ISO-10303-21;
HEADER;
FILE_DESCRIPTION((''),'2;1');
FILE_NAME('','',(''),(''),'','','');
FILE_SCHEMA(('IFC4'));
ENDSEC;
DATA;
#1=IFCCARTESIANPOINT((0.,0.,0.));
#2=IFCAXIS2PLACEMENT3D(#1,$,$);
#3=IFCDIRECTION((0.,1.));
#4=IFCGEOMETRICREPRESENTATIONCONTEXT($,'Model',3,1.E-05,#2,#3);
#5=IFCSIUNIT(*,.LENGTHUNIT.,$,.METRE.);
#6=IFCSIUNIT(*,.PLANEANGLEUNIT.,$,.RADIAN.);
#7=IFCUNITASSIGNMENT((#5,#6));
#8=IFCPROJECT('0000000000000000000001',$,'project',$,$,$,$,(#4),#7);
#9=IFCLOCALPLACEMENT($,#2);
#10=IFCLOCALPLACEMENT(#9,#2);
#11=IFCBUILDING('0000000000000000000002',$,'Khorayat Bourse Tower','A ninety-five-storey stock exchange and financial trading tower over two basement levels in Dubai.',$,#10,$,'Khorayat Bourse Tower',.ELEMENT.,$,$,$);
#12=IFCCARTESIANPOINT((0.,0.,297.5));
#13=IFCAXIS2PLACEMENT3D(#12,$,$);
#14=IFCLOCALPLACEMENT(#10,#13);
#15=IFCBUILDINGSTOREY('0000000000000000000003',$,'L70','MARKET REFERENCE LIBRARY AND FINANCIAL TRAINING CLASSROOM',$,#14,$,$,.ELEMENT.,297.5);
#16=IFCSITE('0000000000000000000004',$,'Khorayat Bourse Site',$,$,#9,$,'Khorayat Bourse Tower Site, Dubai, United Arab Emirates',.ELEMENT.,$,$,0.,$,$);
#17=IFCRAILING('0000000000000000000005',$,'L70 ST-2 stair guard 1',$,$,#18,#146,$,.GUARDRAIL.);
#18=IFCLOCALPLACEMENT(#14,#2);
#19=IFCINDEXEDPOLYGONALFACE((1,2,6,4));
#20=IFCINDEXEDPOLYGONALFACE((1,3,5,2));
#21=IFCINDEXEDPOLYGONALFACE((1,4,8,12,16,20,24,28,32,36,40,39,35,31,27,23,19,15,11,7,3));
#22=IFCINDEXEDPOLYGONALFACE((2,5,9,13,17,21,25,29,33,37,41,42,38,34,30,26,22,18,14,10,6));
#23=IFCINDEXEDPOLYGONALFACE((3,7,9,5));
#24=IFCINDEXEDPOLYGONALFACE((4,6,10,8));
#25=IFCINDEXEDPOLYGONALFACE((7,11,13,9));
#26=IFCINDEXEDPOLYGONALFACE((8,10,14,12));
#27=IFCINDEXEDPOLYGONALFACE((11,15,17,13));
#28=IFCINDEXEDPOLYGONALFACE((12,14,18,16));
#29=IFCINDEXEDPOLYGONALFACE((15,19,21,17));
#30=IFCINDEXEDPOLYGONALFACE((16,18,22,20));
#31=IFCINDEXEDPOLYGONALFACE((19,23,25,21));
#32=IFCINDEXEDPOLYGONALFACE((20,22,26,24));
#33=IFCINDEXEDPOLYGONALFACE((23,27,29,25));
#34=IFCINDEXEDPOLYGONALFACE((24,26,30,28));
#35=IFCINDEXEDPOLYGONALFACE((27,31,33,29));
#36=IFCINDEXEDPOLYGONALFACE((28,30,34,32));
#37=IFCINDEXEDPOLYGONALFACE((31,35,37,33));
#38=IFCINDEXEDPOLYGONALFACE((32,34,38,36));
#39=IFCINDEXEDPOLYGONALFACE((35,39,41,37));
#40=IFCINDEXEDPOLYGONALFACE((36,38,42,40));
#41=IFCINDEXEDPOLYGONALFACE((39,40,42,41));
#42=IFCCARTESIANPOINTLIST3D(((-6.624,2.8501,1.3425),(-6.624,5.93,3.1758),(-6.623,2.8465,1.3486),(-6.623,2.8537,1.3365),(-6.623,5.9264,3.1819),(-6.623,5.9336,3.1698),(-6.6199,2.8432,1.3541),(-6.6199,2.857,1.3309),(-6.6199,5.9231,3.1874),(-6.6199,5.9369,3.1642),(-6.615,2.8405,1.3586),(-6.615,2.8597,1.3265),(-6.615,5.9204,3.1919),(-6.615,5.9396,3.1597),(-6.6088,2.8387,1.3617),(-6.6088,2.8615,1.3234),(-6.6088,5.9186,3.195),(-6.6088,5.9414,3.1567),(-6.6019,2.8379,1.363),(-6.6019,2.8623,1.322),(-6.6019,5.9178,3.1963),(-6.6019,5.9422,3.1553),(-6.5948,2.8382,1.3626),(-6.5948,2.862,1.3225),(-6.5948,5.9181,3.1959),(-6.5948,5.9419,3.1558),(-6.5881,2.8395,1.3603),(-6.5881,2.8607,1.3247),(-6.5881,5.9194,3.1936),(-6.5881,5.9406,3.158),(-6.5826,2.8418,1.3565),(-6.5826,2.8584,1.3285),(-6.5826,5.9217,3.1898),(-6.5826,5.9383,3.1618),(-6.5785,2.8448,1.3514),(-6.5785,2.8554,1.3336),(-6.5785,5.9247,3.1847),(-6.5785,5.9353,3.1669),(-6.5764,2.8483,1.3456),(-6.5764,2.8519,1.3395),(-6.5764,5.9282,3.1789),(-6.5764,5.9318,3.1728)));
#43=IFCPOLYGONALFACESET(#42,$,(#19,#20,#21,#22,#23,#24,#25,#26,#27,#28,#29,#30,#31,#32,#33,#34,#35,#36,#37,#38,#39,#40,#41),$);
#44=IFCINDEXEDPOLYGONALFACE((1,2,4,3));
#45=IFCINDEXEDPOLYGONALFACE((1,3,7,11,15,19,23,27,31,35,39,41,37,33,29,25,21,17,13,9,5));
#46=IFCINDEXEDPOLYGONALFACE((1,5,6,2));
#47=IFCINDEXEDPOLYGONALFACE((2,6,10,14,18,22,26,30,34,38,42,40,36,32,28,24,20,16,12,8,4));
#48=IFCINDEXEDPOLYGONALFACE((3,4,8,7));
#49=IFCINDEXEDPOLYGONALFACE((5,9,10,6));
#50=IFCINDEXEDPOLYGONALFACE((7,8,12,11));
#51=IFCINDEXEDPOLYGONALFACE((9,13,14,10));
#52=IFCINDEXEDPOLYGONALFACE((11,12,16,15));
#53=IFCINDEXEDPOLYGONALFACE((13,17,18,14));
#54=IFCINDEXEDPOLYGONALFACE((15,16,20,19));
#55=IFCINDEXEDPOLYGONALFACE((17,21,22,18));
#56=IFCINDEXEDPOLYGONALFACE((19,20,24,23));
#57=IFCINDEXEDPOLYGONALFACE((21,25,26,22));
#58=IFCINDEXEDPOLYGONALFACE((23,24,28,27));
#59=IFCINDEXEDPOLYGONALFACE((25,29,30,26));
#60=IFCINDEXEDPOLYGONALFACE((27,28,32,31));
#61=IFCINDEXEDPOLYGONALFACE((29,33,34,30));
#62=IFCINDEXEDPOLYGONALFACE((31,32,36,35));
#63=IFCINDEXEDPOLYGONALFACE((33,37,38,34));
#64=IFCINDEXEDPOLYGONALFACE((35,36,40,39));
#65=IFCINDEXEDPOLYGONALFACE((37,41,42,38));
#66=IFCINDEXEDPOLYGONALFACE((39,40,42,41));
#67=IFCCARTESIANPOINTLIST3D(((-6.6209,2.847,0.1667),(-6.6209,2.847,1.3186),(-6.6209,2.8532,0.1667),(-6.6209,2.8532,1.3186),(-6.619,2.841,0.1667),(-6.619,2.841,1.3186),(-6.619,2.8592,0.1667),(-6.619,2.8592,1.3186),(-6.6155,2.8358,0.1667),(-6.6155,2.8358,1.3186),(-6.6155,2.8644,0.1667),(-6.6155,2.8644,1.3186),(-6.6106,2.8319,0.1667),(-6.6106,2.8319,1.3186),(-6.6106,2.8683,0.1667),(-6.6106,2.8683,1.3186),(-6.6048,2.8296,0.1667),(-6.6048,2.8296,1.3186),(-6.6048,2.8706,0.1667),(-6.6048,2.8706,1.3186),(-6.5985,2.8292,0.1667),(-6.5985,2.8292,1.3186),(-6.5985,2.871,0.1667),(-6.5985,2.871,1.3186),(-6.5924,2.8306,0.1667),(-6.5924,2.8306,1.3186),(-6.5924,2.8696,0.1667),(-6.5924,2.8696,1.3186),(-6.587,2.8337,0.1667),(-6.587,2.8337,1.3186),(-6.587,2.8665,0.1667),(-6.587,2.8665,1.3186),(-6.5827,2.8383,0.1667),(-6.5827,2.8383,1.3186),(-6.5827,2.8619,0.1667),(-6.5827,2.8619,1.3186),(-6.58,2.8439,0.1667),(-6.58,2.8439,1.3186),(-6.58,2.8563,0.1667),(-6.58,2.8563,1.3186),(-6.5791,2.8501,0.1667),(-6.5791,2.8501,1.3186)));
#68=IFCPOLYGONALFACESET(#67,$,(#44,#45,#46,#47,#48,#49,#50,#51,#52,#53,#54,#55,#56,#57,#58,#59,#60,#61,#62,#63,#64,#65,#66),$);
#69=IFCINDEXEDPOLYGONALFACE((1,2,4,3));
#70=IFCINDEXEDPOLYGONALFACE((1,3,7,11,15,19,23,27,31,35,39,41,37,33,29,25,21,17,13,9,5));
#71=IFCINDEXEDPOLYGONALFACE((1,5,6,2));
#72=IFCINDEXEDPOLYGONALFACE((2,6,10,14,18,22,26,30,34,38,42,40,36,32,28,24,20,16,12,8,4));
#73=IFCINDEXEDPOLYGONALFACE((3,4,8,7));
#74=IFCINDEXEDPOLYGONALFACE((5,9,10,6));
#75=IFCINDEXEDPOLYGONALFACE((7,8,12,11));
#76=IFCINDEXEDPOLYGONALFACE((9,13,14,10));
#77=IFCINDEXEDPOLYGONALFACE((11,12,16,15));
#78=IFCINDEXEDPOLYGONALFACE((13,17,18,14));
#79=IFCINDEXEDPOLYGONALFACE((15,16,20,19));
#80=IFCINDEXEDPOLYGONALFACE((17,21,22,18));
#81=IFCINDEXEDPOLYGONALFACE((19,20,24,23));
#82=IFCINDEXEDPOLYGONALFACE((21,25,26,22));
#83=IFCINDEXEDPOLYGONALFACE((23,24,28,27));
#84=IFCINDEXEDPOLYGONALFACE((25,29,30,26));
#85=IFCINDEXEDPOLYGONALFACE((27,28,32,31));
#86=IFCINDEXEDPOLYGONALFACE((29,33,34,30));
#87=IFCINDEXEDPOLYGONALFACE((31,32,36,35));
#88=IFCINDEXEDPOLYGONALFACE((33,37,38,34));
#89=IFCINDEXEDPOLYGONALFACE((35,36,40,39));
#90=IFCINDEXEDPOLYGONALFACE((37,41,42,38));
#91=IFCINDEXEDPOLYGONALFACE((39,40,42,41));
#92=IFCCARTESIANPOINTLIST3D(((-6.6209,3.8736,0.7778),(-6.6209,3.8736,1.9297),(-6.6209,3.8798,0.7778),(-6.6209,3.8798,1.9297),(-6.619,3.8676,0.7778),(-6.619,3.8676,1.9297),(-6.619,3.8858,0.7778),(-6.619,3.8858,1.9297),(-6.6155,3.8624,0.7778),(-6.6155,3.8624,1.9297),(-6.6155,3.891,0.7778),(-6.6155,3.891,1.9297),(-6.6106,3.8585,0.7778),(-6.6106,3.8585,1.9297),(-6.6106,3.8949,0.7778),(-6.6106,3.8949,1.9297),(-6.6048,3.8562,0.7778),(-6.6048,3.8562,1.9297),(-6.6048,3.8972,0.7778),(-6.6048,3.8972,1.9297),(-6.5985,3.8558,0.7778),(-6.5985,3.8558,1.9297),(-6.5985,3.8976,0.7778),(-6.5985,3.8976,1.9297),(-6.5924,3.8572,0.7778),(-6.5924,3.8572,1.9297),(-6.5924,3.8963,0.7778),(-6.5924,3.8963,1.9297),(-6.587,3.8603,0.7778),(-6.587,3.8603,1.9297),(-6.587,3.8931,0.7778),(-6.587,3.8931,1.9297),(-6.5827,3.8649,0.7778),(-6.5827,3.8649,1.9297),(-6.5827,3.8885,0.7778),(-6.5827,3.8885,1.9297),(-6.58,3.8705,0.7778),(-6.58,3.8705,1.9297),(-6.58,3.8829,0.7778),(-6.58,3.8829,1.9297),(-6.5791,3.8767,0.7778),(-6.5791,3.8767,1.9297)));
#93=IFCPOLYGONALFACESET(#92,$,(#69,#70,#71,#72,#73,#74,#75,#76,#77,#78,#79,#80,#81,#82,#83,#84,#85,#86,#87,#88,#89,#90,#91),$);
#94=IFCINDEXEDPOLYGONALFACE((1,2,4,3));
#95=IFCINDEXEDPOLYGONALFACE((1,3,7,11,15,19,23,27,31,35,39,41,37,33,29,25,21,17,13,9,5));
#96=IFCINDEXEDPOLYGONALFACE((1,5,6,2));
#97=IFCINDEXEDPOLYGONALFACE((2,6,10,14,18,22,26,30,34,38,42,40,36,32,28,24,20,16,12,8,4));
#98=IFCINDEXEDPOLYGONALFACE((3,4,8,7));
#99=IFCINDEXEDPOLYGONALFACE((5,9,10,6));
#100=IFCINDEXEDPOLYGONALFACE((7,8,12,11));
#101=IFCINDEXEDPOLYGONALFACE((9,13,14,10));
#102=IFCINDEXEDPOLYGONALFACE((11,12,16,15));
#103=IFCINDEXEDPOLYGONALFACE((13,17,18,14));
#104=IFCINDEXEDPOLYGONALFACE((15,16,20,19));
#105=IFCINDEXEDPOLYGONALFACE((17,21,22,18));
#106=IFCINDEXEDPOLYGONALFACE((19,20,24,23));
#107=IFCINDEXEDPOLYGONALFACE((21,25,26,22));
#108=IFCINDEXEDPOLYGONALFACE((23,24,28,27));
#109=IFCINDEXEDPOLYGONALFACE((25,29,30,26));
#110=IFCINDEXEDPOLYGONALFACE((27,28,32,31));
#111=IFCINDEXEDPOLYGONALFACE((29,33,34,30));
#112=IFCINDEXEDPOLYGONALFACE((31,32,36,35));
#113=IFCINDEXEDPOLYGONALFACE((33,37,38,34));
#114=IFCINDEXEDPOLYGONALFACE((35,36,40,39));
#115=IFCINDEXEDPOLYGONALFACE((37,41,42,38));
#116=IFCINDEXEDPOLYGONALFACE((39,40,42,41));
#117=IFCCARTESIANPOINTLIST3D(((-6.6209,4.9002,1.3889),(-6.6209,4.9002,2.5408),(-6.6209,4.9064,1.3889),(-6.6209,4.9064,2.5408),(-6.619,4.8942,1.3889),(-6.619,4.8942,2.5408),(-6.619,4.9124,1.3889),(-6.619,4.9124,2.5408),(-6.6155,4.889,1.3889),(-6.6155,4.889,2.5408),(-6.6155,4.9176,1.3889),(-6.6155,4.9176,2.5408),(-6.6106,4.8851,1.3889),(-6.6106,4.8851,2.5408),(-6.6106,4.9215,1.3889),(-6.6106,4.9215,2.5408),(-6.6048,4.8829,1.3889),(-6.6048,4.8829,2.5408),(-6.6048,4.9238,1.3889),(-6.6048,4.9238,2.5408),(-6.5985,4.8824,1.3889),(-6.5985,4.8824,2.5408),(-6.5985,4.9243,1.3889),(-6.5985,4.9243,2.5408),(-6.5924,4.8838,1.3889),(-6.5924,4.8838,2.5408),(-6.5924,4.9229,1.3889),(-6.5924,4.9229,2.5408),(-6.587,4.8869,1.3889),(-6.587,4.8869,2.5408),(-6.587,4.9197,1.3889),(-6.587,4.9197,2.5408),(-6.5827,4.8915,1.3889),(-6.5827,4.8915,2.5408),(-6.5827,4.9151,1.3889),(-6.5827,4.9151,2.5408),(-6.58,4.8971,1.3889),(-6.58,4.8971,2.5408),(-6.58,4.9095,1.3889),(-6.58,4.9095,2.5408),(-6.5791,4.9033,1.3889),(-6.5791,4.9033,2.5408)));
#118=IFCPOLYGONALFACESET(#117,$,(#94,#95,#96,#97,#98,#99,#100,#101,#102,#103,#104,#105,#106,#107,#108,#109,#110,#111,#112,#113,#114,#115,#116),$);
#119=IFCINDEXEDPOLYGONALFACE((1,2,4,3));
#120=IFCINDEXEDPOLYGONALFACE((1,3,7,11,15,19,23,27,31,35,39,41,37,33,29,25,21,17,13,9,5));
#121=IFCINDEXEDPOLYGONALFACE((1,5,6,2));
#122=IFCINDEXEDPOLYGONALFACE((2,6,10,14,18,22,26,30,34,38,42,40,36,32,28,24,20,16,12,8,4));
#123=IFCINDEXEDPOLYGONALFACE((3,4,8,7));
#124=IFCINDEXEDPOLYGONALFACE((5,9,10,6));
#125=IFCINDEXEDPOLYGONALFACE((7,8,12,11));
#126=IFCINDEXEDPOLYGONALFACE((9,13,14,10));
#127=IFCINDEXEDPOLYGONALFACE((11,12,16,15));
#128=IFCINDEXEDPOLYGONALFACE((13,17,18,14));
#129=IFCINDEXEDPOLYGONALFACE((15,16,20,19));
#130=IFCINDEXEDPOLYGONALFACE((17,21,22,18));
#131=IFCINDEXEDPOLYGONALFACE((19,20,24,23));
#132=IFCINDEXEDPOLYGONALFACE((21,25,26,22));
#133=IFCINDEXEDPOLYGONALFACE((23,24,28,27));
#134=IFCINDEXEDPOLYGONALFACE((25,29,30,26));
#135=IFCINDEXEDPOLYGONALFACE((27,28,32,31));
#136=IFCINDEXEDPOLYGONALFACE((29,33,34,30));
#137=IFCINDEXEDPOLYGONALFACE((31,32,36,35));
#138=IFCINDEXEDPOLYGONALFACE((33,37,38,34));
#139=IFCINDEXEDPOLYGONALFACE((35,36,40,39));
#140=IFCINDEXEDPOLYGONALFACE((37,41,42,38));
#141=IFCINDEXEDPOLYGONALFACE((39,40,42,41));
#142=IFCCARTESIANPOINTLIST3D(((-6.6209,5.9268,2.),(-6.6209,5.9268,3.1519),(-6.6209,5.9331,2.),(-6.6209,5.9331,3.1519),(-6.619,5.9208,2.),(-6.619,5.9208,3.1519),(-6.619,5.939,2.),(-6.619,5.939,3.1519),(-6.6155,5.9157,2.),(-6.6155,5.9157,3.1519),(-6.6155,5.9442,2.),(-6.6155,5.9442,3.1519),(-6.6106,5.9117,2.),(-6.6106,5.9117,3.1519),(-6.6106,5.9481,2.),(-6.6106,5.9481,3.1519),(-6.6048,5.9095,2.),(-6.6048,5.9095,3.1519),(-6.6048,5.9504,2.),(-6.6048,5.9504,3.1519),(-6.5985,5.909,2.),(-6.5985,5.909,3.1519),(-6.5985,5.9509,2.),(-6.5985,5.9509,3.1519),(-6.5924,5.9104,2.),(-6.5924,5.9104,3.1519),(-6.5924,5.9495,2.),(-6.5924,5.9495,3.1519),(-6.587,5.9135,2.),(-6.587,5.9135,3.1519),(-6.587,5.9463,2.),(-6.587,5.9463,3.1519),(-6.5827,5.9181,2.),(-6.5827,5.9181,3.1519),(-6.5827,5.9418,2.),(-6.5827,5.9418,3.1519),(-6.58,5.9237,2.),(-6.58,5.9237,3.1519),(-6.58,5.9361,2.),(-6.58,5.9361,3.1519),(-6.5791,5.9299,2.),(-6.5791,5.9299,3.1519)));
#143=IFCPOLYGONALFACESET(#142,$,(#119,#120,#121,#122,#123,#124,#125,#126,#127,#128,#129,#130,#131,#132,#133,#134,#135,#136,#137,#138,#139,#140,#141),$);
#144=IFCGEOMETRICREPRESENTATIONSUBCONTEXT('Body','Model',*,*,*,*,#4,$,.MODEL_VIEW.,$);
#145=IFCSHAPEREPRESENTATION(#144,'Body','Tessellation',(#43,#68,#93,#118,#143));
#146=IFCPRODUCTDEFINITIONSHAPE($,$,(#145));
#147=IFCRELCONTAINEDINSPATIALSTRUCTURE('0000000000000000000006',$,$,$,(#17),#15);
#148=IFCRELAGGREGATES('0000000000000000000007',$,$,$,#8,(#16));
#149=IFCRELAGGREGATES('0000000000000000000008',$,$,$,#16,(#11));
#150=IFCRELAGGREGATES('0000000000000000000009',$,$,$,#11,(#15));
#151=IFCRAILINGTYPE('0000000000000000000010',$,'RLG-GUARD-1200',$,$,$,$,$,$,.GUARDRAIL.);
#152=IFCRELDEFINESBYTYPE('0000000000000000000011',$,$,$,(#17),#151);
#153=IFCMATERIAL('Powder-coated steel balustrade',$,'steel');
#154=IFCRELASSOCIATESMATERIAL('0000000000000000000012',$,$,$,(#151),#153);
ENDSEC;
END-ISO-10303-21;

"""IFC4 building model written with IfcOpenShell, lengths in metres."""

from ifc_helpers import new_model, si_unit, direction, frame, origin, origin_2d, place, context, subcontext, project, spatial, circle, extrude, source, transform, mapped, material, type_object, element, save


model = new_model("IFC4")

# Units and contexts
model_context = context("Model", 3, precision=1e-05, world=origin(), true_north=direction((0.0, 1.0)))
body_context = subcontext(model_context, "Body", "Model", "MODEL_VIEW")
ifc_project = project(units=[si_unit("LENGTHUNIT", "METRE"), si_unit("PLANEANGLEUNIT", "RADIAN")], contexts=[model_context])

# Site, building, storey
site_placement = place(None, origin())
site = spatial("IfcSite", under=ifc_project, at=site_placement, Name="Khorayat Bourse Site", LongName="Khorayat Bourse Tower Site, Dubai, United Arab Emirates", CompositionType="ELEMENT", RefElevation=0.0)
building_placement = place(site_placement, origin())
building = spatial("IfcBuilding", under=site, at=building_placement, Name="Khorayat Bourse Tower", Description="A ninety-five-storey stock exchange and financial trading tower over two basement levels in Dubai.", LongName="Khorayat Bourse Tower", CompositionType="ELEMENT")
storey_placement = place(building_placement, frame((0.0, 0.0, 297.5)))
storey = spatial("IfcBuildingStorey", under=building, at=storey_placement, Name="L70", Description="MARKET REFERENCE LIBRARY AND FINANCIAL TRAINING CLASSROOM", CompositionType="ELEMENT", Elevation=297.5)

# Railing
ifc_material_1 = material(Name="Powder-coated steel balustrade", Category="steel")
railing_type_1 = type_object("IfcRailingType", Name="RLG-GUARD-1200", PredefinedType="GUARDRAIL", material=ifc_material_1)
shared_shape_1 = source(origin(), body_context, "Body", "SweptSolid", [
    extrude(circle(Radius=0.0239, at=origin_2d()), frame((0.0, 0.0, 1.1758), z_axis=(0.0, 0.859291, 0.511487), x_axis=(-1.0, 0.0, 0.0)), (0.0, 0.0, 1.0), 3.5842),
    extrude(circle(Radius=0.021, at=origin_2d()), origin(), (0.0, 0.0, 1.0), 1.1519),
    extrude(circle(Radius=0.021, at=origin_2d()), frame((0.0, 1.0266, 0.6111)), (0.0, 0.0, 1.0), 1.1519),
    extrude(circle(Radius=0.021, at=origin_2d()), frame((0.0, 2.0532, 1.2222)), (0.0, 0.0, 1.0), 1.1519),
    extrude(circle(Radius=0.021, at=origin_2d()), frame((0.0, 3.0798, 1.8333)), (0.0, 0.0, 1.0), 1.1519),
])
railing_1_placement = place(storey_placement, frame((-6.6001, 2.8501, 0.1667)))
element("IfcRailing", 1, at=railing_1_placement, inside=storey, type_object=railing_type_1, Name="L70 ST-2 stair guard 1", PredefinedType="GUARDRAIL", context=body_context, shape_type="MappedRepresentation", body=[
    mapped(shared_shape_1, transform((0.0, 0.0, 0.0), scale=1.0)),
])

save(model, "model.ifc")
